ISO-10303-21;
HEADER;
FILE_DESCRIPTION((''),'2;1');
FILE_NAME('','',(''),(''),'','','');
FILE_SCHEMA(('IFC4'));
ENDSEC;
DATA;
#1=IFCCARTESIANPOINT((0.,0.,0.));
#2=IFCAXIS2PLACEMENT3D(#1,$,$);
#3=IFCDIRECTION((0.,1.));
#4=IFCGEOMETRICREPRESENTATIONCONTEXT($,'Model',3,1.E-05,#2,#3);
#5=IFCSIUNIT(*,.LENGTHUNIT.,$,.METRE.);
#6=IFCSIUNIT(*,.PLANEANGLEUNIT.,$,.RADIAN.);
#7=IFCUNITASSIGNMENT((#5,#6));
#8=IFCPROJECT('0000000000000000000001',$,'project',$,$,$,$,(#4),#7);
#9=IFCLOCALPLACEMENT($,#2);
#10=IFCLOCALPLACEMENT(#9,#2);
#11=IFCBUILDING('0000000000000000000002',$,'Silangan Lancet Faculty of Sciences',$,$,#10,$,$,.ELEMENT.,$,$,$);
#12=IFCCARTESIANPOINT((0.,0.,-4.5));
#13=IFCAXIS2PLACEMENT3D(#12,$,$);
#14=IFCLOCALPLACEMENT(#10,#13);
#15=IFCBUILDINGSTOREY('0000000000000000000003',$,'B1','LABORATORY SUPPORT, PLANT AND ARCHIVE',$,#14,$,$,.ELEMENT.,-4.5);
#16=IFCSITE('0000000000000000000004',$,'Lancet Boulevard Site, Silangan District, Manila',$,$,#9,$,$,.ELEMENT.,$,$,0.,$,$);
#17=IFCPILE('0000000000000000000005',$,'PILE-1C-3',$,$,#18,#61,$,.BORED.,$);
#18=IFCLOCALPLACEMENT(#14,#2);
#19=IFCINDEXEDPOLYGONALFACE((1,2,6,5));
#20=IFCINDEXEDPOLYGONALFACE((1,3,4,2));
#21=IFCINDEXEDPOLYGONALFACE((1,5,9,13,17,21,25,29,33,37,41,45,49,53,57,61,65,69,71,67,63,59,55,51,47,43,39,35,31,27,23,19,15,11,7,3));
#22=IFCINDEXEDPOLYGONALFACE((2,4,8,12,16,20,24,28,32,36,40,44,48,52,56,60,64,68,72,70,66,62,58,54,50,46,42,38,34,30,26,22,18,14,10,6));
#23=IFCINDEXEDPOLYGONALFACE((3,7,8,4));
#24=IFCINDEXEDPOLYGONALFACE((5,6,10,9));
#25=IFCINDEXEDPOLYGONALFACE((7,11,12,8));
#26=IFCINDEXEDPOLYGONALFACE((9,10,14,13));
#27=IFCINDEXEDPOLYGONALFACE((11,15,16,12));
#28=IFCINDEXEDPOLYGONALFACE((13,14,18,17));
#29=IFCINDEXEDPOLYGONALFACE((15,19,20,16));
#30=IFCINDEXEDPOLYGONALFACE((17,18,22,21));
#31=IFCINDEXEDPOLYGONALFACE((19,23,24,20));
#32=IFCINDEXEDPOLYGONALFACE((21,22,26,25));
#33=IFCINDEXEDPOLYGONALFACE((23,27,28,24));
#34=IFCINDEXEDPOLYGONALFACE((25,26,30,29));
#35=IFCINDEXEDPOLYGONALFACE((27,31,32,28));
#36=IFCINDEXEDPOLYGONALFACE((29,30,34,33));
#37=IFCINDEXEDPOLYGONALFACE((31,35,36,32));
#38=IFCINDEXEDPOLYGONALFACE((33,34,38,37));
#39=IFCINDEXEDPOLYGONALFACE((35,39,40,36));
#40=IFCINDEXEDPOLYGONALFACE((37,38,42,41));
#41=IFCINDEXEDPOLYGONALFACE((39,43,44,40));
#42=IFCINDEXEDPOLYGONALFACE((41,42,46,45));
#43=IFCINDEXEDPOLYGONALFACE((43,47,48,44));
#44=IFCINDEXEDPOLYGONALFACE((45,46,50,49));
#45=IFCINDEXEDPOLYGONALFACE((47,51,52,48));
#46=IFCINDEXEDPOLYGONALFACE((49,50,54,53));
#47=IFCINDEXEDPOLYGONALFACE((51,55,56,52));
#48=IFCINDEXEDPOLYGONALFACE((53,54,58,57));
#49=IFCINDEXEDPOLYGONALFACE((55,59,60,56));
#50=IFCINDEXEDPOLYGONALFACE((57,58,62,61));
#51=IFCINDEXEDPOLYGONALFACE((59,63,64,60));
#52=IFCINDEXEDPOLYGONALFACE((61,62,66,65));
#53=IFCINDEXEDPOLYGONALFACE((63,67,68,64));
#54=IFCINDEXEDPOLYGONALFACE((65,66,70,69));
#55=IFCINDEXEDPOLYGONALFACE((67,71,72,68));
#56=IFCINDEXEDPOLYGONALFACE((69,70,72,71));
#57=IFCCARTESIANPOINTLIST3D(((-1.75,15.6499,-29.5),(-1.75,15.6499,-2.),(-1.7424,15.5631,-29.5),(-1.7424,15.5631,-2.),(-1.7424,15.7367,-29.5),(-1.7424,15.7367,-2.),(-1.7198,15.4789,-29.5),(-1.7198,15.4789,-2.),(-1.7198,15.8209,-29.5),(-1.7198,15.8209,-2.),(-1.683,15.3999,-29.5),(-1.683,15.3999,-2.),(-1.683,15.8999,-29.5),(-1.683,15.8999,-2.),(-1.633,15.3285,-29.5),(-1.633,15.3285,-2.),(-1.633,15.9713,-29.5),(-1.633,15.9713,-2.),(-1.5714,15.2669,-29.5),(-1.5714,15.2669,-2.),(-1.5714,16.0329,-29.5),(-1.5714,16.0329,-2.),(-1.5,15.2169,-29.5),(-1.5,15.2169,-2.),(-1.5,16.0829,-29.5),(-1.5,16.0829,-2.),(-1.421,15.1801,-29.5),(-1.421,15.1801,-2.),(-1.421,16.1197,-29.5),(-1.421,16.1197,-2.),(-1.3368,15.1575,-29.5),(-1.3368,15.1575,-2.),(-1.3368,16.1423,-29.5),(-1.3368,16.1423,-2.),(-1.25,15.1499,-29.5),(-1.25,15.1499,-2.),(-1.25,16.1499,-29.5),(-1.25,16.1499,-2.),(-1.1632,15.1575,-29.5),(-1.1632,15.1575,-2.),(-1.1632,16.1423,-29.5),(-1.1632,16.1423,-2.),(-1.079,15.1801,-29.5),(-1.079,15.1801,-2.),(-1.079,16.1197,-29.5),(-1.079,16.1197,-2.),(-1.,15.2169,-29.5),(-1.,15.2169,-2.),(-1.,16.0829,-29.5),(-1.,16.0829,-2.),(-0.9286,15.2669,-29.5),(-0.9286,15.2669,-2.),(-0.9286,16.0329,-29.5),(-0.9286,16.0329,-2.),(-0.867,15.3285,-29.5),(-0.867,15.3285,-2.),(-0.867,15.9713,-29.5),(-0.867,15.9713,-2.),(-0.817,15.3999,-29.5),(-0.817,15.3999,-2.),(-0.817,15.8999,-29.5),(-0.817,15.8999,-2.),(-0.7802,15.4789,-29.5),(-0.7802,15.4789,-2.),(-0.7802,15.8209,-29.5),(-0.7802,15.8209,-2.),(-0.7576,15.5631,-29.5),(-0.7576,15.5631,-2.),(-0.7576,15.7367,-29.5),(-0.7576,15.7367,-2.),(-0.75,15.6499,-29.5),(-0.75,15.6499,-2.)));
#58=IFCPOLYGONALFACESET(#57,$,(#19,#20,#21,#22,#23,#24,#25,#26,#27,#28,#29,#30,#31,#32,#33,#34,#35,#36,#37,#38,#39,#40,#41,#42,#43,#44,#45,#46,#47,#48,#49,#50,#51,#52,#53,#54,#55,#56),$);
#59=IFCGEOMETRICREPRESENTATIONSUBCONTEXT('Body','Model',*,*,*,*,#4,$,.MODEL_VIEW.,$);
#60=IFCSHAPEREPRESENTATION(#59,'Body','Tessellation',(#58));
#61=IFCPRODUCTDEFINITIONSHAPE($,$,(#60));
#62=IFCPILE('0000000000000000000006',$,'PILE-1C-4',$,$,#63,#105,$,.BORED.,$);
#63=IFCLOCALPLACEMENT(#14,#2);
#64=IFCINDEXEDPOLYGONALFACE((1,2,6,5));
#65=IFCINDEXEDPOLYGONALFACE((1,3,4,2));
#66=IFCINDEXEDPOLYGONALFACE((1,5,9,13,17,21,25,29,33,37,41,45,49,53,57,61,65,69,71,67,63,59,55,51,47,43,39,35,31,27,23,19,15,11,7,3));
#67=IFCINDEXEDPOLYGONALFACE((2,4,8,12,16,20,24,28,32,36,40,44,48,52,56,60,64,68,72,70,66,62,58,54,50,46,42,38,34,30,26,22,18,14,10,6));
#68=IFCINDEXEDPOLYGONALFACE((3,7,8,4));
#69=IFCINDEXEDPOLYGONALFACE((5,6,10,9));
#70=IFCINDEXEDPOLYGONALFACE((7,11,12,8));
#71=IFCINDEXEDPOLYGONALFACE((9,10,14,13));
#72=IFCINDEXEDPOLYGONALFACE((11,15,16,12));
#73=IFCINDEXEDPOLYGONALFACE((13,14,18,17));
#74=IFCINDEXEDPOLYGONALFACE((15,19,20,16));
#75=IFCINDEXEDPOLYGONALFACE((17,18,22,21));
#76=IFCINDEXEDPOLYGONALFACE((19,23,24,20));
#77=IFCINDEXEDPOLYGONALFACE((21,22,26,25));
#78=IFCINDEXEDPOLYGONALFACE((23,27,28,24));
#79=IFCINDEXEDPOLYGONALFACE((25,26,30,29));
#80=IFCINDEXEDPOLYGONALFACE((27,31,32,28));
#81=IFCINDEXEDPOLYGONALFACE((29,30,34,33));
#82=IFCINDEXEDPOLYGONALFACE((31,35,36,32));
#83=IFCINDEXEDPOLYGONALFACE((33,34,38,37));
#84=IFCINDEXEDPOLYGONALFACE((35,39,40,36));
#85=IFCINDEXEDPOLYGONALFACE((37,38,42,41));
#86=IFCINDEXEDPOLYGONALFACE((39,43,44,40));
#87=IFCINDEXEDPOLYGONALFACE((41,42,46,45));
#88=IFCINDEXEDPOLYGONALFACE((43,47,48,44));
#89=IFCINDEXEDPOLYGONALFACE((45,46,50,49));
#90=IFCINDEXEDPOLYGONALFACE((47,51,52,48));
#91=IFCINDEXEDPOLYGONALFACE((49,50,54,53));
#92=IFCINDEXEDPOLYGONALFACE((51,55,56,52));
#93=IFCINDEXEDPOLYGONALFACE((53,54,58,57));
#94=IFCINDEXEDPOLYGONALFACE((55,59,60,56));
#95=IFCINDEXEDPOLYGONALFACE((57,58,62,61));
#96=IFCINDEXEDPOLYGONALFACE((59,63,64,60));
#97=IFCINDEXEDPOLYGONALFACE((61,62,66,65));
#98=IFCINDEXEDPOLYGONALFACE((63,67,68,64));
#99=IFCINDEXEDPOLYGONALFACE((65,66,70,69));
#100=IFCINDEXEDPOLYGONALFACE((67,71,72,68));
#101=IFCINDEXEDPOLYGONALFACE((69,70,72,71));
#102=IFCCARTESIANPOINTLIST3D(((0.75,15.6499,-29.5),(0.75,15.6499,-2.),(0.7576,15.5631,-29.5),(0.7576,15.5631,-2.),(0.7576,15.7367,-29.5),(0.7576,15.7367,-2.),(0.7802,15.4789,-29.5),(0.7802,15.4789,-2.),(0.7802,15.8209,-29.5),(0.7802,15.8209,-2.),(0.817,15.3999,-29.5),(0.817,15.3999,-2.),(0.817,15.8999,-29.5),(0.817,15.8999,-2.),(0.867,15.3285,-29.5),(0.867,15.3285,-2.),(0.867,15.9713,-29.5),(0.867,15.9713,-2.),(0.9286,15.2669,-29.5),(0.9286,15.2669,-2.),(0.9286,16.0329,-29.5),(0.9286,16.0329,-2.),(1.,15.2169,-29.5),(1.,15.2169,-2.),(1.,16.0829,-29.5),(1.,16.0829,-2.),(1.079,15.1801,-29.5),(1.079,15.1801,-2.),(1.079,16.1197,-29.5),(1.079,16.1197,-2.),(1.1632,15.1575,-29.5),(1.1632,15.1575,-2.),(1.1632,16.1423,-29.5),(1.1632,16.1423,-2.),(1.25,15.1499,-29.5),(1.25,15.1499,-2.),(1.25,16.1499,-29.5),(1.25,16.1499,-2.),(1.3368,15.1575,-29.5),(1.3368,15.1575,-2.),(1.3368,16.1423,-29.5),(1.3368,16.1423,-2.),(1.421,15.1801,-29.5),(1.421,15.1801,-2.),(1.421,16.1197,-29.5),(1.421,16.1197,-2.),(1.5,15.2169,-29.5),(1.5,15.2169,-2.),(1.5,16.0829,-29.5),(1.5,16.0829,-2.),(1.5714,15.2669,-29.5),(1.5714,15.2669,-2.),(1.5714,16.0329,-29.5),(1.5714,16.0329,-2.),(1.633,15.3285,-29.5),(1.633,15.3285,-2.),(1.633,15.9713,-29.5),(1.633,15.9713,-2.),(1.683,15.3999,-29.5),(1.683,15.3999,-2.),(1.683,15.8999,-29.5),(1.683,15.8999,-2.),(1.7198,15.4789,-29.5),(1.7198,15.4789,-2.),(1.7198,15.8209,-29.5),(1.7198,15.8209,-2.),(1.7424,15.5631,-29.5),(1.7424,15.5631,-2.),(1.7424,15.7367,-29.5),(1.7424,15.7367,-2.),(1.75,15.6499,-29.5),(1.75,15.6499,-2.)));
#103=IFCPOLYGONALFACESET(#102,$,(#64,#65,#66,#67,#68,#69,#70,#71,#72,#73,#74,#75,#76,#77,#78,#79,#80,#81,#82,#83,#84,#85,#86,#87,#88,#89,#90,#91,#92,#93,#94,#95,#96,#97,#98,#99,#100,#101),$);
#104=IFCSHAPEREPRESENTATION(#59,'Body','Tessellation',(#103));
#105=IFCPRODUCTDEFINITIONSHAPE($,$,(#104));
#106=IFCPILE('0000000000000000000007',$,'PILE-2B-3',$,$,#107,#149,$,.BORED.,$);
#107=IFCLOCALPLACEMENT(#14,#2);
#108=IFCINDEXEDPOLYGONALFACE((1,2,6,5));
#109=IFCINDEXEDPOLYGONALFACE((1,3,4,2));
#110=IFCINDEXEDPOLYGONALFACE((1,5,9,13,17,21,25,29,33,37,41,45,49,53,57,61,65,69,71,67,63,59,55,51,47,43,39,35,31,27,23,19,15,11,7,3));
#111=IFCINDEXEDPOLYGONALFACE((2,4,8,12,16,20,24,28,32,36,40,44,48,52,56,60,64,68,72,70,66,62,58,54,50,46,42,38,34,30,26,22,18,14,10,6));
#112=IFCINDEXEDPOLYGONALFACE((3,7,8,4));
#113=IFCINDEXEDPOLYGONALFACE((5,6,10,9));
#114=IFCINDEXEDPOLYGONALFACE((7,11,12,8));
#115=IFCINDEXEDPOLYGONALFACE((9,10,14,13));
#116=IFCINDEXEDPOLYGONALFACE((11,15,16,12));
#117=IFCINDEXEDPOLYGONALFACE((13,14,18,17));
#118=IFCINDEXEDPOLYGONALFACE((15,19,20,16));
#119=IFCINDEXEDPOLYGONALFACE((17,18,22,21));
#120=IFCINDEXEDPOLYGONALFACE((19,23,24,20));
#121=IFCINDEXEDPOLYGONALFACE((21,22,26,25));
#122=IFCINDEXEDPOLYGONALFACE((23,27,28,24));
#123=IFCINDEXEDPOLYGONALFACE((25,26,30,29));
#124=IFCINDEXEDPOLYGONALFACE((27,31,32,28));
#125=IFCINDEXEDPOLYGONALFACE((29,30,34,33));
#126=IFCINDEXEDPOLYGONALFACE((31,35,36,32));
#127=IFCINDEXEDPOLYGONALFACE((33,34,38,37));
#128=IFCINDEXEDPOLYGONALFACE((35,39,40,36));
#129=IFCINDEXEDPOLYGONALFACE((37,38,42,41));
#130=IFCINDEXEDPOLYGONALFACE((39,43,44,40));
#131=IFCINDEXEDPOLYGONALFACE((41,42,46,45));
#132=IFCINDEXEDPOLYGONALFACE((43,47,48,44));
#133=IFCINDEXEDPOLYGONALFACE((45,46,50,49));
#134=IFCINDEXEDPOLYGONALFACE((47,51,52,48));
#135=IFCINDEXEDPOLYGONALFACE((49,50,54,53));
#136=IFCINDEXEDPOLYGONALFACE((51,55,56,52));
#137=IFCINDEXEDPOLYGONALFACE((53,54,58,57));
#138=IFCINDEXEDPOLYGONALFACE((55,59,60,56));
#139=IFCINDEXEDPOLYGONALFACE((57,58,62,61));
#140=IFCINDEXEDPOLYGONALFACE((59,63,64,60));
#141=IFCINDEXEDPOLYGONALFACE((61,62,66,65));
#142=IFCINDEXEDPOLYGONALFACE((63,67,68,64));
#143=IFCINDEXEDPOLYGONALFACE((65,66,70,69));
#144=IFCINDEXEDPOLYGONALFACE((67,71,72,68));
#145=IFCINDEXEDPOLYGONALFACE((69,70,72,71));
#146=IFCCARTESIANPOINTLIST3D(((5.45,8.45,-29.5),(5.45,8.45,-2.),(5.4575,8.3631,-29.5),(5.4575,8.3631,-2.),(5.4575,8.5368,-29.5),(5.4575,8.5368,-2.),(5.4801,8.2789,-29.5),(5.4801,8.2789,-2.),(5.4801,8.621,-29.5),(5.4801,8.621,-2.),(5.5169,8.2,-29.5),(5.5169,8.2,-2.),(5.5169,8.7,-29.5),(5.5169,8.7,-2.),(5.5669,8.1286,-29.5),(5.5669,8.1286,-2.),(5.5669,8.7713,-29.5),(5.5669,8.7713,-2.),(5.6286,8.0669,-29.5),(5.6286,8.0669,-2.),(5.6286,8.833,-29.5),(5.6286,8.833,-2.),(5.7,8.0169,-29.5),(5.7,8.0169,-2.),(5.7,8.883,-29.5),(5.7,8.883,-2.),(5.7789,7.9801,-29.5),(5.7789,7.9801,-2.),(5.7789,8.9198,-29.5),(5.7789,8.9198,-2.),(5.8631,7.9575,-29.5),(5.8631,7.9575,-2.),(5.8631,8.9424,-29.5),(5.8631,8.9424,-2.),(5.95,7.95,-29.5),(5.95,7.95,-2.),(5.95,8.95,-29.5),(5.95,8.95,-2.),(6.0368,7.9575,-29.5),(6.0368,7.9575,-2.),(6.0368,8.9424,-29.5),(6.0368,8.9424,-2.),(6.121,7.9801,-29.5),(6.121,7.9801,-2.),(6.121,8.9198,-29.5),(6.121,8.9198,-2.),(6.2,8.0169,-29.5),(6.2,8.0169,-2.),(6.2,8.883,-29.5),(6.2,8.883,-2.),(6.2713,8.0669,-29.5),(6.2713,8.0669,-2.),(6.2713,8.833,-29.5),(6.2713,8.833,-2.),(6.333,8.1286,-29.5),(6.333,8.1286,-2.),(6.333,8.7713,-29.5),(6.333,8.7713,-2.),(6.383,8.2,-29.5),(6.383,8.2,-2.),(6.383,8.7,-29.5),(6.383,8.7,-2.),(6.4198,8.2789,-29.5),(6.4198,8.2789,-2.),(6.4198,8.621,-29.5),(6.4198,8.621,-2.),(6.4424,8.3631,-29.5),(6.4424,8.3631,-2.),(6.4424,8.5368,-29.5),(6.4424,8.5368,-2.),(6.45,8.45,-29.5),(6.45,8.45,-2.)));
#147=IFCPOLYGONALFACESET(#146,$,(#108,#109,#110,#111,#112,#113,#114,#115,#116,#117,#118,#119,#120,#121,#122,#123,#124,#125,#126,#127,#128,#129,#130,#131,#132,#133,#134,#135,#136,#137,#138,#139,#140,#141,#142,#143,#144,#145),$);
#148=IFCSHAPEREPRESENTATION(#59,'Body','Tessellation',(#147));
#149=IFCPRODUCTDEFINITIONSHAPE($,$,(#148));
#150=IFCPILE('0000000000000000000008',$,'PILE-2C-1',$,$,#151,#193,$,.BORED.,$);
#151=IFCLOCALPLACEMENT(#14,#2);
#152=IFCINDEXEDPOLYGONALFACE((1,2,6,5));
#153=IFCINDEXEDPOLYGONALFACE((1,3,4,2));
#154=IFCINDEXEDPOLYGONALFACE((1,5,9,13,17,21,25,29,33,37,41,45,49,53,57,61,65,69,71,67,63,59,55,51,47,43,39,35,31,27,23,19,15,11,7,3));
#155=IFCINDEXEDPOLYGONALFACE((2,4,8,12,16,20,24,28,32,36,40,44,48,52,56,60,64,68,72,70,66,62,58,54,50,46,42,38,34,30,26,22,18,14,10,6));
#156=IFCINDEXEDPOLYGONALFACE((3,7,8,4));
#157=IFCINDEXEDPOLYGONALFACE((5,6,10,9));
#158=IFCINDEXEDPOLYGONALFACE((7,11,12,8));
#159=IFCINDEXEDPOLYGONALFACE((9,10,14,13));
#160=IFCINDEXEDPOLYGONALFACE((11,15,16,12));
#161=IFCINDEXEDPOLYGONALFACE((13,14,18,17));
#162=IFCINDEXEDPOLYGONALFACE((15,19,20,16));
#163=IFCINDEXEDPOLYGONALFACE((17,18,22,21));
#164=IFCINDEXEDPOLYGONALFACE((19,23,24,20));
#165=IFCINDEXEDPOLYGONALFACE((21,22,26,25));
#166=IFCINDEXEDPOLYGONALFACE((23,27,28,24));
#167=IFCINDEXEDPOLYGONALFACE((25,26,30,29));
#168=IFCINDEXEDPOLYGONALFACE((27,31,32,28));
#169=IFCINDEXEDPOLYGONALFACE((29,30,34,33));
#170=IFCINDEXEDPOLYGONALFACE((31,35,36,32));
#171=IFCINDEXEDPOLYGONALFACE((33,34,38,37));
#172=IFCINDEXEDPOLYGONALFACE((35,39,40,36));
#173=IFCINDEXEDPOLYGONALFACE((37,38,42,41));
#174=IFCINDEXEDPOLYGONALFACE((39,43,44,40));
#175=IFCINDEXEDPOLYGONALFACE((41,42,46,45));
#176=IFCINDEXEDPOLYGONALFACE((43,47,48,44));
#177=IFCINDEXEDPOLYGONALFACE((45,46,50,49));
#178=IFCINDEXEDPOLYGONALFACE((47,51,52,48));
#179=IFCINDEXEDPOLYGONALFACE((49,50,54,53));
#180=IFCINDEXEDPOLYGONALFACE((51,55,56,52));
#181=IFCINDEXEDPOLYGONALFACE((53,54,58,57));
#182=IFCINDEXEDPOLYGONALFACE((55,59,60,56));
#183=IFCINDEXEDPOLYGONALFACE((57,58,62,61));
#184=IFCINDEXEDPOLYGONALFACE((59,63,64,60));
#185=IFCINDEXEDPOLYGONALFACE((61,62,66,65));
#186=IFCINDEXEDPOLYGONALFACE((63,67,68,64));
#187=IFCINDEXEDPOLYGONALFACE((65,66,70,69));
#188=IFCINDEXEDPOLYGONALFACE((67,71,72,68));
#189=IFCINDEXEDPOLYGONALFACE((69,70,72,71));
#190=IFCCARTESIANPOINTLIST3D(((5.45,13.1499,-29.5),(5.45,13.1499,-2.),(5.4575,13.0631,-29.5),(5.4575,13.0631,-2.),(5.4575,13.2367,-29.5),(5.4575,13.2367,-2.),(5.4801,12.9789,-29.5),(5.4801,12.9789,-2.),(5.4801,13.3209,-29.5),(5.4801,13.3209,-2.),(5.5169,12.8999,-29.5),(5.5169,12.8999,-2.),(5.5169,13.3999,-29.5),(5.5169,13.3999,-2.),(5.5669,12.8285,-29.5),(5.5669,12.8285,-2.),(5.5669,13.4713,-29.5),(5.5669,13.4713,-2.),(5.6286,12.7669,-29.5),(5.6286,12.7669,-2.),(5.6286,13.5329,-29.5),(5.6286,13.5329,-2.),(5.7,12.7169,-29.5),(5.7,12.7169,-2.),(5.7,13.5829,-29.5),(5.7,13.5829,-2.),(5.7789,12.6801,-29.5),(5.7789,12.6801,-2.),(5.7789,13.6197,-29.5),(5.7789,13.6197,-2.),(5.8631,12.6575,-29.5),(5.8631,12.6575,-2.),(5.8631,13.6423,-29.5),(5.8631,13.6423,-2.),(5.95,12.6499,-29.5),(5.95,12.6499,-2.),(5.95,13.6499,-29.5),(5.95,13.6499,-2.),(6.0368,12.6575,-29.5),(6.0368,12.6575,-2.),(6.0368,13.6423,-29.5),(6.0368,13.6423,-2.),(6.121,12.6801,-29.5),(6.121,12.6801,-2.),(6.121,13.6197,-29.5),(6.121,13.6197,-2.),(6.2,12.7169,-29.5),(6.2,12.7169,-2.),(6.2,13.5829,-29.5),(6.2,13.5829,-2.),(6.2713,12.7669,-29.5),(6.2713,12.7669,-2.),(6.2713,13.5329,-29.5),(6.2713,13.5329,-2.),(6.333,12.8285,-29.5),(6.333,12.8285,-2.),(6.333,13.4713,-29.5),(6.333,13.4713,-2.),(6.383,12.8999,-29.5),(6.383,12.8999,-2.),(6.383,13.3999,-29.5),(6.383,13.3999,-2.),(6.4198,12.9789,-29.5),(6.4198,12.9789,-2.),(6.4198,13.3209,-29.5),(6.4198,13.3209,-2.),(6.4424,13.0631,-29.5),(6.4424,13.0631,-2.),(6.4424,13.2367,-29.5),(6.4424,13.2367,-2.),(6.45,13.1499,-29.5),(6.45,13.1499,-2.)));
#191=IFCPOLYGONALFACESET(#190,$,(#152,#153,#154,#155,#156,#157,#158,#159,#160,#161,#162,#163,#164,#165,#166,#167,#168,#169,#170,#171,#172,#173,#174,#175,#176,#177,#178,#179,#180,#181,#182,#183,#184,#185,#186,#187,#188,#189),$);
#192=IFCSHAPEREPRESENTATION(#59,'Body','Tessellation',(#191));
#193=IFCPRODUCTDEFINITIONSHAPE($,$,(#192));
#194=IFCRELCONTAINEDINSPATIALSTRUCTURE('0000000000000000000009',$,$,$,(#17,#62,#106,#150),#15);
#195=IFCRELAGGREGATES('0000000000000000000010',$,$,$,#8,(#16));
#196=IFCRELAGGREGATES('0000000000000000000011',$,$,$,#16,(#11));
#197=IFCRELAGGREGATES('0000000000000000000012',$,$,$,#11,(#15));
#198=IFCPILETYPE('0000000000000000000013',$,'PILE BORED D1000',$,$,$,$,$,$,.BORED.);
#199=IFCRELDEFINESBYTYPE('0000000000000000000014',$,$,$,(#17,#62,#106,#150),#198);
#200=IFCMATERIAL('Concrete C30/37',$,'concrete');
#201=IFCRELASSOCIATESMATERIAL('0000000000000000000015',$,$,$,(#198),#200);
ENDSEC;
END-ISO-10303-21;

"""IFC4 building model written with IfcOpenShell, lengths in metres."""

from ifc_helpers import new_model, si_unit, direction, frame, origin, origin_2d, place, context, subcontext, project, spatial, circle, extrude, material, material_profile, profile_set, type_object, element, save


model = new_model("IFC4")

# Units and contexts
model_context = context("Model", 3, precision=1e-05, world=origin(), true_north=direction((0.0, 1.0)))
body_context = subcontext(model_context, "Body", "Model", "MODEL_VIEW")
ifc_project = project(units=[si_unit("LENGTHUNIT", "METRE"), si_unit("PLANEANGLEUNIT", "RADIAN")], contexts=[model_context])

# Site, building, storey
site_placement = place(None, origin())
site = spatial("IfcSite", under=ifc_project, at=site_placement, Name="Lancet Boulevard Site, Silangan District, Manila", CompositionType="ELEMENT", RefElevation=0.0)
building_placement = place(site_placement, origin())
building = spatial("IfcBuilding", under=site, at=building_placement, Name="Silangan Lancet Faculty of Sciences", CompositionType="ELEMENT")
storey_placement = place(building_placement, frame((0.0, 0.0, -4.5)))
storey = spatial("IfcBuildingStorey", under=building, at=storey_placement, Name="B1", Description="LABORATORY SUPPORT, PLANT AND ARCHIVE", CompositionType="ELEMENT", Elevation=-4.5)

# Piles
ifc_material_1 = material(Name="Concrete C30/37", Category="concrete")
ifc_material_profile_1 = material_profile(ifc_material_1, circle(Radius=0.5, at=origin_2d()), Name="BORED PILE D1000")
ifc_profile_set_1 = profile_set([ifc_material_profile_1], Name="Concrete C30/37")
pile_type = type_object("IfcPileType", Name="PILE BORED D1000", PredefinedType="BORED", material=ifc_profile_set_1)
for number, where, z_axis, x_axis, name in (
    (1, (-1.25, 15.6499, -2.0), (0.0, 0.0, -1.0), (1.0, 0.0, 0.0), "PILE-1C-3"),
    (2, (1.25, 15.6499, -2.0), (0.0, 0.0, -1.0), (1.0, 0.0, 0.0), "PILE-1C-4"),
    (3, (5.95, 8.45, -2.0), (0.0, 0.0, -1.0), (1.0, 0.0, 0.0), "PILE-2B-3"),
    (4, (5.95, 13.1499, -2.0), (0.0, 0.0, -1.0), (1.0, 0.0, 0.0), "PILE-2C-1"),
):
    element("IfcPile", number, at=place(storey_placement, frame(where, z_axis=z_axis, x_axis=x_axis)), inside=storey, type_object=pile_type, Name=name, PredefinedType="BORED", context=body_context, shape_type="SweptSolid", body=[
        extrude(circle(Radius=0.5, at=origin_2d()), origin(), (0.0, 0.0, 1.0), 27.5),
    ])

save(model, "model.ifc")
